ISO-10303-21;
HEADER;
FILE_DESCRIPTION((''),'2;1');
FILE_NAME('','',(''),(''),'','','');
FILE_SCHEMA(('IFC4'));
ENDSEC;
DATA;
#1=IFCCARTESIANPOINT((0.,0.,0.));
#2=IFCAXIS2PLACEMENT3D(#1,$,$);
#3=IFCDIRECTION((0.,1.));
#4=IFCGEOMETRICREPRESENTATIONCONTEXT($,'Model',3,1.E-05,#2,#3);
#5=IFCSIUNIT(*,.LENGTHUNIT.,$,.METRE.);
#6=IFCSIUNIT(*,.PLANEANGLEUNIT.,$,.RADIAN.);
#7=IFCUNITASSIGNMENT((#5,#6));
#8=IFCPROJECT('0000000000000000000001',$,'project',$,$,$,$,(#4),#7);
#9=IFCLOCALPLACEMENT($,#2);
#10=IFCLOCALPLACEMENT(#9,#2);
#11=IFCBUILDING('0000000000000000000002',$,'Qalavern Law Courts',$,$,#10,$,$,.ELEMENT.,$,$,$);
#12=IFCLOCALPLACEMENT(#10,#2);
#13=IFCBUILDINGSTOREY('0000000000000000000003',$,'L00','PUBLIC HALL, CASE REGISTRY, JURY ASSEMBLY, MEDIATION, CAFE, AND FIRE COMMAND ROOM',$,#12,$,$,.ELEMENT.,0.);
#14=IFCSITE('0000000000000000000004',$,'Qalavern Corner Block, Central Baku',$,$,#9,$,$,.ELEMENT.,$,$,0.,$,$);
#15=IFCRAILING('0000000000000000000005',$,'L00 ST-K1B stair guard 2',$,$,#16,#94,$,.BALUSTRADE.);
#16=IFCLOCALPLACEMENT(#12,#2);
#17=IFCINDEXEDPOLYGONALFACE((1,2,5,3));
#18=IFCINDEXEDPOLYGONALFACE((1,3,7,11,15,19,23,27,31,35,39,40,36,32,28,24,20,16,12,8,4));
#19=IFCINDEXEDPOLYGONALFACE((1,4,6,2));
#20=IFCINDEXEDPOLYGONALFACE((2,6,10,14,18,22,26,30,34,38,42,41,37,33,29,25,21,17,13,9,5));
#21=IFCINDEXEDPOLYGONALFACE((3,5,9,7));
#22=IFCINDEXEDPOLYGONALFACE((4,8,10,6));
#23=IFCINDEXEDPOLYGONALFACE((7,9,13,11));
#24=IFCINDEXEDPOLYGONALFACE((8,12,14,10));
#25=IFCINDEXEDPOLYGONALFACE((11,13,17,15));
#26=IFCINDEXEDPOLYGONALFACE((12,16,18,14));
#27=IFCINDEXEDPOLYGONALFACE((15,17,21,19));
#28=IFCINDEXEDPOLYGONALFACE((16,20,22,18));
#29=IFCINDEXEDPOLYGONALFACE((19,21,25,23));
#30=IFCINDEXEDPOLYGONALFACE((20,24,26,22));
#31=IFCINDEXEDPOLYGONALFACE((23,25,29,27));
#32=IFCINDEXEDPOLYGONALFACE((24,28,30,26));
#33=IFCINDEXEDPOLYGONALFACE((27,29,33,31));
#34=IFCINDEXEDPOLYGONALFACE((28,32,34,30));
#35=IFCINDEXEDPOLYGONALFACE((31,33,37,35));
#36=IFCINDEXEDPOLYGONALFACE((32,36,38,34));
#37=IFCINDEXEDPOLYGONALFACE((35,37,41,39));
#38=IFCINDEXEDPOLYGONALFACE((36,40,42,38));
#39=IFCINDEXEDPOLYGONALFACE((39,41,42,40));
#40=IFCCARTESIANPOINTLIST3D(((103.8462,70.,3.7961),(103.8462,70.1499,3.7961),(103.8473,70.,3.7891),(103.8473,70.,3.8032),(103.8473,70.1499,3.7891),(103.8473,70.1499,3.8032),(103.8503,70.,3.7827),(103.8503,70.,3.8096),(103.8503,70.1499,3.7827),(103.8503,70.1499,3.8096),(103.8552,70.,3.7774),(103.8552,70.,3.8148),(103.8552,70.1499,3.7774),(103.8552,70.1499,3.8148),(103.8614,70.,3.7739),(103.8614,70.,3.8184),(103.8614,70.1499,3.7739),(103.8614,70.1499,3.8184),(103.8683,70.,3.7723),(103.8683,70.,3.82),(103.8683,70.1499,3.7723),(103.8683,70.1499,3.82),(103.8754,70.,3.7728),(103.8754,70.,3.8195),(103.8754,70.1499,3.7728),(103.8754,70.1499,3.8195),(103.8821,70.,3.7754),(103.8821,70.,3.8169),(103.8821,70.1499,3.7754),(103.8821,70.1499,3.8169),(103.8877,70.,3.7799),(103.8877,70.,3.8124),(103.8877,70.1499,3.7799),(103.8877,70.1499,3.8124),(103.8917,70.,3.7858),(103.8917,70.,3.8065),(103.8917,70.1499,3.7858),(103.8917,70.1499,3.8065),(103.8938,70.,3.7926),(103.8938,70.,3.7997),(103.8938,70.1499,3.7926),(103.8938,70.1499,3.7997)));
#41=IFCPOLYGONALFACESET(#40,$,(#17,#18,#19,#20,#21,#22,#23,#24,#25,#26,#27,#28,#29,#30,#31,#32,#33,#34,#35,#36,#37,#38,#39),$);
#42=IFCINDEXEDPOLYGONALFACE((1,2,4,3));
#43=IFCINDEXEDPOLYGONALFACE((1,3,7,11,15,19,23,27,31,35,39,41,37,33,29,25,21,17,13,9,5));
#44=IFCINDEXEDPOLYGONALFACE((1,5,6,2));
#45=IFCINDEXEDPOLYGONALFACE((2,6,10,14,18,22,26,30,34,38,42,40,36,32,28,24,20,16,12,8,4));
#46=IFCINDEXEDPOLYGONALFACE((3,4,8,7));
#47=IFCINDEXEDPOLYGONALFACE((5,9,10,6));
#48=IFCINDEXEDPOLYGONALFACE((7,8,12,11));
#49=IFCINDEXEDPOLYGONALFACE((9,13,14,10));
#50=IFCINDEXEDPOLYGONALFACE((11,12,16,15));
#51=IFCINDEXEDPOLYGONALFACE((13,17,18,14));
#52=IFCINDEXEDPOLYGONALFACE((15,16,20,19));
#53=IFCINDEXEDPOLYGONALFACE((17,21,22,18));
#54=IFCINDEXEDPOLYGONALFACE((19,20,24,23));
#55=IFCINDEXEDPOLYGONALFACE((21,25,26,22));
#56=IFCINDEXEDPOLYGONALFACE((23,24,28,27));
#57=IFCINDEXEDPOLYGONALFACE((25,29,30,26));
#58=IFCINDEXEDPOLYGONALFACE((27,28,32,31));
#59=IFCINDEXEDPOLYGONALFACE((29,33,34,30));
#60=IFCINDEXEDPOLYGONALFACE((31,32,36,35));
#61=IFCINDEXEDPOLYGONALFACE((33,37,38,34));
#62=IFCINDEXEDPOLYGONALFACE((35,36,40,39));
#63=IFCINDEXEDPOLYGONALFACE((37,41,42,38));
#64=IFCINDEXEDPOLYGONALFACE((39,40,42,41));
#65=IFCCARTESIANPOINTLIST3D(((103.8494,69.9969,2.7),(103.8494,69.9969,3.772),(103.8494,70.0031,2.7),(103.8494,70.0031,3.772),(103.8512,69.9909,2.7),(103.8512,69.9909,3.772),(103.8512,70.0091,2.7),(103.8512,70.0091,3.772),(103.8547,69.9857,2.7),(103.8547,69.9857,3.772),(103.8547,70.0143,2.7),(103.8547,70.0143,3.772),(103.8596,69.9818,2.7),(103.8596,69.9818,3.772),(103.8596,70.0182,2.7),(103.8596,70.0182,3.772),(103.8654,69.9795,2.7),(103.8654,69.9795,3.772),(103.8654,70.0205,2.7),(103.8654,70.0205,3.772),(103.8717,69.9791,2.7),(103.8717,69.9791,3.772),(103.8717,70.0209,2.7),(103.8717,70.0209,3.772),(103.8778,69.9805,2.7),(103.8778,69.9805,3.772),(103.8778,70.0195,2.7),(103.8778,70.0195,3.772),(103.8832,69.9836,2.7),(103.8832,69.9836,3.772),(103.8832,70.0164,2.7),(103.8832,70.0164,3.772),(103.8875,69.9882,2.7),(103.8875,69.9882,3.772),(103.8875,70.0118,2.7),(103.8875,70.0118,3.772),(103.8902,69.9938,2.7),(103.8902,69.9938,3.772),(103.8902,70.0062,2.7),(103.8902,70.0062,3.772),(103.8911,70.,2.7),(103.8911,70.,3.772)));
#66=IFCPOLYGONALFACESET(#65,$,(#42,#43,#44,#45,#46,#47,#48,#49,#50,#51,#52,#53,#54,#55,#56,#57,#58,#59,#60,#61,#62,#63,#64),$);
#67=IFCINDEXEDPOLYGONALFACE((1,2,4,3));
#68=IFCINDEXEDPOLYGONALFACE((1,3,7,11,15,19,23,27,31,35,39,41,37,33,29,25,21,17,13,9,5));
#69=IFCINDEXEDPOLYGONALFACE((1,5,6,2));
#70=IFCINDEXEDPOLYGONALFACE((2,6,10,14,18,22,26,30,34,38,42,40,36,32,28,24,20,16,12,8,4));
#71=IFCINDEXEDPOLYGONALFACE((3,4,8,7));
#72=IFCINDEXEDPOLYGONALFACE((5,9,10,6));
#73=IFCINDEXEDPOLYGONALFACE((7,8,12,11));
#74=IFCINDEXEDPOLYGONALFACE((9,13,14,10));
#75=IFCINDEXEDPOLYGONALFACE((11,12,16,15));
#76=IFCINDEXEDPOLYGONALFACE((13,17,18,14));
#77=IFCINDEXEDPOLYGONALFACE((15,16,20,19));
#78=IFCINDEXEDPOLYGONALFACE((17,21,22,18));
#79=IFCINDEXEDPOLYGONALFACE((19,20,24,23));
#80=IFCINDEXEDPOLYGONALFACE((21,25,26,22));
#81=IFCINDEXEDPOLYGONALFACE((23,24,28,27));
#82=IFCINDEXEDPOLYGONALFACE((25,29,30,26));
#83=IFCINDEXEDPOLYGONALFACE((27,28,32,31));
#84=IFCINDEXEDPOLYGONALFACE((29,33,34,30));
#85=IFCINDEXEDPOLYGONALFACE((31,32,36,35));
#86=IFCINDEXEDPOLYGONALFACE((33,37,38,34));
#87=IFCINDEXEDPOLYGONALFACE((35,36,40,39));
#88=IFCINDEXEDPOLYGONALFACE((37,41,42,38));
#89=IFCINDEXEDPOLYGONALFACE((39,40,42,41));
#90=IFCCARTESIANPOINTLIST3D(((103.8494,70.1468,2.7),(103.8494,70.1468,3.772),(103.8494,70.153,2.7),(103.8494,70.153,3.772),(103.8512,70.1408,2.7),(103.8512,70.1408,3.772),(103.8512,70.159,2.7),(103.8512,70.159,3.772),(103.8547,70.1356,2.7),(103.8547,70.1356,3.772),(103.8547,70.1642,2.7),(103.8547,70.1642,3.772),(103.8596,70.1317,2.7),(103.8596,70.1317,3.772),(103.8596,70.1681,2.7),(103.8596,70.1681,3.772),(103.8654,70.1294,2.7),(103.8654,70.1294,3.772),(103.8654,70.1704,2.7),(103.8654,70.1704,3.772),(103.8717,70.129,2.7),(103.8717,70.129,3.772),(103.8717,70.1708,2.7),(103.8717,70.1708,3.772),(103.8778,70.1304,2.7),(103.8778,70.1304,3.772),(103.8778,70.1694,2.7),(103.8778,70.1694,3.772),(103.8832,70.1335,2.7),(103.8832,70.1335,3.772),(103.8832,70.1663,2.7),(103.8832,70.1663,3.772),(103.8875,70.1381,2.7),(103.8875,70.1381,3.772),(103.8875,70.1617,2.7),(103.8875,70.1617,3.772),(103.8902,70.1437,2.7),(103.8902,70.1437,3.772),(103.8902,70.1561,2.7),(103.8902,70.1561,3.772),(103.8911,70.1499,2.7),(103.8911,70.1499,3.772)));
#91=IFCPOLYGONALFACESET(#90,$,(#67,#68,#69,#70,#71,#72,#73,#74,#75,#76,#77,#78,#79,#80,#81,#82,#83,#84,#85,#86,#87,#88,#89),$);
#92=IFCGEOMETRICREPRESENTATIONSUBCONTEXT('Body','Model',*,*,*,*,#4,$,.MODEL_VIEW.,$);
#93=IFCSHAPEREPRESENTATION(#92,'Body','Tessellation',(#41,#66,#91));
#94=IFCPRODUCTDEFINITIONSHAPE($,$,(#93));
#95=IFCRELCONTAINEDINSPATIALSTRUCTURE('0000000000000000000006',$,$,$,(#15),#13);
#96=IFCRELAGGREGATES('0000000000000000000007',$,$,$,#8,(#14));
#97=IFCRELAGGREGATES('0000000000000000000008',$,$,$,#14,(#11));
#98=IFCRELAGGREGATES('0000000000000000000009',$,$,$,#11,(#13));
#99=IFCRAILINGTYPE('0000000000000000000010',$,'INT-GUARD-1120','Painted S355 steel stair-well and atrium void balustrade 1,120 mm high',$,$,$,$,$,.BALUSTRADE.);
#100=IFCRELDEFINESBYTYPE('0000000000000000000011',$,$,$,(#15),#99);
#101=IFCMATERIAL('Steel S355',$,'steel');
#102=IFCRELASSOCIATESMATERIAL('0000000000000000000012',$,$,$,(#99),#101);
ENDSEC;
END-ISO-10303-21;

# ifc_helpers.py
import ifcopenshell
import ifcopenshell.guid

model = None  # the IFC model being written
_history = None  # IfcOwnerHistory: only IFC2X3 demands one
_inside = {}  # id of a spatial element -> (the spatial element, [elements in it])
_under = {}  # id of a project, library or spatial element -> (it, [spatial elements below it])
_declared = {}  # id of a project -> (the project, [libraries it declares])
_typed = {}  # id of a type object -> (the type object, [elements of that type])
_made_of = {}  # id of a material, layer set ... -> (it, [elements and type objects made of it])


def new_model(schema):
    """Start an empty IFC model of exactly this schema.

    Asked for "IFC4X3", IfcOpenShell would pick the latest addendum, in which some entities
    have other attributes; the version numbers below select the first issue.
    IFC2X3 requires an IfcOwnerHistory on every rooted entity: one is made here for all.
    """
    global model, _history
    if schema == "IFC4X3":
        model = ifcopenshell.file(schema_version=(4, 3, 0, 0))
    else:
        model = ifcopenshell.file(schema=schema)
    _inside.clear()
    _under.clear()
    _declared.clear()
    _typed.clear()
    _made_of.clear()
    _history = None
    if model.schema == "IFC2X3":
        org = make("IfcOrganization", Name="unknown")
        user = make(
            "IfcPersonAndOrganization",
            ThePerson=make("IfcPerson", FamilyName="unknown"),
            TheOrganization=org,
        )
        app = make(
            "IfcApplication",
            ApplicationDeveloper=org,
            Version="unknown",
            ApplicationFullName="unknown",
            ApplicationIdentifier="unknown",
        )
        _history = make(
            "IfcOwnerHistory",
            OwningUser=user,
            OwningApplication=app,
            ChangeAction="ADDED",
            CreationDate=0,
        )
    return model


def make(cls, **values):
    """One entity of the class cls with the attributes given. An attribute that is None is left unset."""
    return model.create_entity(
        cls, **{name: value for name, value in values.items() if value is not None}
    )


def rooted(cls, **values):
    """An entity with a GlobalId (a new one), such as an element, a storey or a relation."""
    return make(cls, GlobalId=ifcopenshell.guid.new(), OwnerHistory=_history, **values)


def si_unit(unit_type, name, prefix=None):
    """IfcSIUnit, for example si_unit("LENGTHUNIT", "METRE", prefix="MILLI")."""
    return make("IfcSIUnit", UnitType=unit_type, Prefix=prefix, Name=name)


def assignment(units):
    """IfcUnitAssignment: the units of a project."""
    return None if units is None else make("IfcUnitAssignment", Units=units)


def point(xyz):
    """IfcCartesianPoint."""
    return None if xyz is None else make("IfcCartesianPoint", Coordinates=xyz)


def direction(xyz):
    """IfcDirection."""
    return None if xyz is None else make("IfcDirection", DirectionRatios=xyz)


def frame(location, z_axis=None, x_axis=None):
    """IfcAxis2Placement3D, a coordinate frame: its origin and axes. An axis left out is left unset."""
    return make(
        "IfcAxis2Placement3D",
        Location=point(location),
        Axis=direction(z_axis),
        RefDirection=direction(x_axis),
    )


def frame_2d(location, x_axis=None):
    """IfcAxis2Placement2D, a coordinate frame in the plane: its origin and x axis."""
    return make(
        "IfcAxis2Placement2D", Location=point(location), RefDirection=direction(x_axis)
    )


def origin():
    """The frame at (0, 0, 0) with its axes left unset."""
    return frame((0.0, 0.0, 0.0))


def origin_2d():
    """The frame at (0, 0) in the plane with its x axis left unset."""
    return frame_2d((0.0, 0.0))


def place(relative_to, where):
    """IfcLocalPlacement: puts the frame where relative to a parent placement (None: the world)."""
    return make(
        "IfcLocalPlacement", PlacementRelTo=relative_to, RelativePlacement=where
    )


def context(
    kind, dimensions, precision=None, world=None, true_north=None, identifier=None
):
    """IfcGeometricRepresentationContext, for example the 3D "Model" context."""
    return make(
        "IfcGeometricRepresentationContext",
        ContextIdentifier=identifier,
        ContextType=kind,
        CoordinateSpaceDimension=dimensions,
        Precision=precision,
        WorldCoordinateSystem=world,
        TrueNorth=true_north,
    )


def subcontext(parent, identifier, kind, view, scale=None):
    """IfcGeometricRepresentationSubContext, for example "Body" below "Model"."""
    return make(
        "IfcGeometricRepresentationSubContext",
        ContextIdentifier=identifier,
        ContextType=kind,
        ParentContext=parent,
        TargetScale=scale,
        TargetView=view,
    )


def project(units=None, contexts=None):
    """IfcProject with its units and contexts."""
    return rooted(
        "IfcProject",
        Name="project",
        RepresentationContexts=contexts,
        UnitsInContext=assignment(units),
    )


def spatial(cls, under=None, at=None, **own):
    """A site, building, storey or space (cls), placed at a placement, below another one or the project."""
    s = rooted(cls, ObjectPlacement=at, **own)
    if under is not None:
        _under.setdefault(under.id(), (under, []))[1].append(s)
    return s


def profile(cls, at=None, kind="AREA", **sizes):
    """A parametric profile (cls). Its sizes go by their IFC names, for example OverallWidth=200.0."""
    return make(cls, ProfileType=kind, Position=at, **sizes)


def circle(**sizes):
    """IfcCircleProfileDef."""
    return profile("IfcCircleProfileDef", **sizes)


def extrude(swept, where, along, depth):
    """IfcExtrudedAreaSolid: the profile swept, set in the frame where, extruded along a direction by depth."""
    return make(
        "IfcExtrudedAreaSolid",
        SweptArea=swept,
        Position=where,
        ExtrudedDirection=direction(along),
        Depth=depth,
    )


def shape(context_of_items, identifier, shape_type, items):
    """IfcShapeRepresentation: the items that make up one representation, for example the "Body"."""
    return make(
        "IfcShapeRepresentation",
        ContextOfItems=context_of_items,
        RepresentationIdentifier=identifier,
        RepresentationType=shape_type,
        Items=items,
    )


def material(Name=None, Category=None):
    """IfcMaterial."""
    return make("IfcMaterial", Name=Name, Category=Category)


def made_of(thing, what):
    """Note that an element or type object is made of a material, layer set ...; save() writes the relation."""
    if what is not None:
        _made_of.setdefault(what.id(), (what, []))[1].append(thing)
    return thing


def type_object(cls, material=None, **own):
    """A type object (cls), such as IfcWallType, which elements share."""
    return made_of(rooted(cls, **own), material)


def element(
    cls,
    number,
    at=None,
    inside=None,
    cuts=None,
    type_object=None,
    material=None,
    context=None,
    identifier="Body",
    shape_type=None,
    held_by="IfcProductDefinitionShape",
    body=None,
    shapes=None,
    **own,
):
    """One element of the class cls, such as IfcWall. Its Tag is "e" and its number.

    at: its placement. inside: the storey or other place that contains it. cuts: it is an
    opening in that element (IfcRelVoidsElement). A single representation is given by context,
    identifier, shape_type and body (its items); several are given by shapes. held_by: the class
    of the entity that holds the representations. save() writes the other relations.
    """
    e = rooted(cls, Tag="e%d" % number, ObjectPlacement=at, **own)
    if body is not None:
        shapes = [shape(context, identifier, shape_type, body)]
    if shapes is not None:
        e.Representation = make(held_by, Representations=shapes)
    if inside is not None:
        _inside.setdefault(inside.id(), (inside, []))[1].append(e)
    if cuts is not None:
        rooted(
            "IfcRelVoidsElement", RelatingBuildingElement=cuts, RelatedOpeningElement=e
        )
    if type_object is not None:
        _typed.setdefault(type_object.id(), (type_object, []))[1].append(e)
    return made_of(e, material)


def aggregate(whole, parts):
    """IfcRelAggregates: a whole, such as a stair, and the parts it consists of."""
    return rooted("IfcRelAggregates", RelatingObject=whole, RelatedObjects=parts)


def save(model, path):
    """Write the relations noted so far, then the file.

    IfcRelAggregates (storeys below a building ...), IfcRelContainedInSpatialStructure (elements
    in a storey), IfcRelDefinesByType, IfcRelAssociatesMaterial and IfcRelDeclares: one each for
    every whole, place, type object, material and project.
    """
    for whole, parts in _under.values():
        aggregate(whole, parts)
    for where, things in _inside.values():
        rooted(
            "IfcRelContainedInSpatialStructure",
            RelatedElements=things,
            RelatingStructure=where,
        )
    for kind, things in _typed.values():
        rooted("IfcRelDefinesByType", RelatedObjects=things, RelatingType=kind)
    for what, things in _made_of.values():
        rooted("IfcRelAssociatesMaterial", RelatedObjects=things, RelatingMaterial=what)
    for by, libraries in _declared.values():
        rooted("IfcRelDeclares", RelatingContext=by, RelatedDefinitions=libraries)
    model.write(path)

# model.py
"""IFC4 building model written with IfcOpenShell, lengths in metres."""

from ifc_helpers import new_model, si_unit, direction, frame, origin, origin_2d, place, context, subcontext, project, spatial, circle, extrude, material, type_object, element, save


model = new_model("IFC4")

# Units and contexts
model_context = context("Model", 3, precision=1e-05, world=origin(), true_north=direction((0.0, 1.0)))
body_context = subcontext(model_context, "Body", "Model", "MODEL_VIEW")
ifc_project = project(units=[si_unit("LENGTHUNIT", "METRE"), si_unit("PLANEANGLEUNIT", "RADIAN")], contexts=[model_context])

# Site, building, storey
site_placement = place(None, origin())
site = spatial("IfcSite", under=ifc_project, at=site_placement, Name="Qalavern Corner Block, Central Baku", CompositionType="ELEMENT", RefElevation=0.0)
building_placement = place(site_placement, origin())
building = spatial("IfcBuilding", under=site, at=building_placement, Name="Qalavern Law Courts", CompositionType="ELEMENT")
storey_placement = place(building_placement, origin())
storey = spatial("IfcBuildingStorey", under=building, at=storey_placement, Name="L00", Description="PUBLIC HALL, CASE REGISTRY, JURY ASSEMBLY, MEDIATION, CAFE, AND FIRE COMMAND ROOM", CompositionType="ELEMENT", Elevation=0.0)

# Shared definitions
ifc_material_1 = material(Name="Steel S355", Category="steel")

# Railing
railing_type_1 = type_object("IfcRailingType", Name="INT-GUARD-1120", Description="Painted S355 steel stair-well and atrium void balustrade 1,120 mm high", PredefinedType="BALUSTRADE", material=ifc_material_1)
railing_1_placement = place(storey_placement, frame((103.8701, 70.0, 2.7)))
element("IfcRailing", 1, at=railing_1_placement, inside=storey, type_object=railing_type_1, Name="L00 ST-K1B stair guard 2", PredefinedType="BALUSTRADE", context=body_context, shape_type="SweptSolid", body=[
    extrude(circle(Radius=0.0239, at=origin_2d()), frame((0.0, 0.0, 1.0962), z_axis=(0.0, 1.0, 0.0), x_axis=(-1.0, 0.0, 0.0)), (0.0, 0.0, 1.0), 0.1499),
    extrude(circle(Radius=0.021, at=origin_2d()), origin(), (0.0, 0.0, 1.0), 1.072),
    extrude(circle(Radius=0.021, at=origin_2d()), frame((0.0, 0.1499, 0.0)), (0.0, 0.0, 1.0), 1.072),
])

save(model, "model.ifc")
